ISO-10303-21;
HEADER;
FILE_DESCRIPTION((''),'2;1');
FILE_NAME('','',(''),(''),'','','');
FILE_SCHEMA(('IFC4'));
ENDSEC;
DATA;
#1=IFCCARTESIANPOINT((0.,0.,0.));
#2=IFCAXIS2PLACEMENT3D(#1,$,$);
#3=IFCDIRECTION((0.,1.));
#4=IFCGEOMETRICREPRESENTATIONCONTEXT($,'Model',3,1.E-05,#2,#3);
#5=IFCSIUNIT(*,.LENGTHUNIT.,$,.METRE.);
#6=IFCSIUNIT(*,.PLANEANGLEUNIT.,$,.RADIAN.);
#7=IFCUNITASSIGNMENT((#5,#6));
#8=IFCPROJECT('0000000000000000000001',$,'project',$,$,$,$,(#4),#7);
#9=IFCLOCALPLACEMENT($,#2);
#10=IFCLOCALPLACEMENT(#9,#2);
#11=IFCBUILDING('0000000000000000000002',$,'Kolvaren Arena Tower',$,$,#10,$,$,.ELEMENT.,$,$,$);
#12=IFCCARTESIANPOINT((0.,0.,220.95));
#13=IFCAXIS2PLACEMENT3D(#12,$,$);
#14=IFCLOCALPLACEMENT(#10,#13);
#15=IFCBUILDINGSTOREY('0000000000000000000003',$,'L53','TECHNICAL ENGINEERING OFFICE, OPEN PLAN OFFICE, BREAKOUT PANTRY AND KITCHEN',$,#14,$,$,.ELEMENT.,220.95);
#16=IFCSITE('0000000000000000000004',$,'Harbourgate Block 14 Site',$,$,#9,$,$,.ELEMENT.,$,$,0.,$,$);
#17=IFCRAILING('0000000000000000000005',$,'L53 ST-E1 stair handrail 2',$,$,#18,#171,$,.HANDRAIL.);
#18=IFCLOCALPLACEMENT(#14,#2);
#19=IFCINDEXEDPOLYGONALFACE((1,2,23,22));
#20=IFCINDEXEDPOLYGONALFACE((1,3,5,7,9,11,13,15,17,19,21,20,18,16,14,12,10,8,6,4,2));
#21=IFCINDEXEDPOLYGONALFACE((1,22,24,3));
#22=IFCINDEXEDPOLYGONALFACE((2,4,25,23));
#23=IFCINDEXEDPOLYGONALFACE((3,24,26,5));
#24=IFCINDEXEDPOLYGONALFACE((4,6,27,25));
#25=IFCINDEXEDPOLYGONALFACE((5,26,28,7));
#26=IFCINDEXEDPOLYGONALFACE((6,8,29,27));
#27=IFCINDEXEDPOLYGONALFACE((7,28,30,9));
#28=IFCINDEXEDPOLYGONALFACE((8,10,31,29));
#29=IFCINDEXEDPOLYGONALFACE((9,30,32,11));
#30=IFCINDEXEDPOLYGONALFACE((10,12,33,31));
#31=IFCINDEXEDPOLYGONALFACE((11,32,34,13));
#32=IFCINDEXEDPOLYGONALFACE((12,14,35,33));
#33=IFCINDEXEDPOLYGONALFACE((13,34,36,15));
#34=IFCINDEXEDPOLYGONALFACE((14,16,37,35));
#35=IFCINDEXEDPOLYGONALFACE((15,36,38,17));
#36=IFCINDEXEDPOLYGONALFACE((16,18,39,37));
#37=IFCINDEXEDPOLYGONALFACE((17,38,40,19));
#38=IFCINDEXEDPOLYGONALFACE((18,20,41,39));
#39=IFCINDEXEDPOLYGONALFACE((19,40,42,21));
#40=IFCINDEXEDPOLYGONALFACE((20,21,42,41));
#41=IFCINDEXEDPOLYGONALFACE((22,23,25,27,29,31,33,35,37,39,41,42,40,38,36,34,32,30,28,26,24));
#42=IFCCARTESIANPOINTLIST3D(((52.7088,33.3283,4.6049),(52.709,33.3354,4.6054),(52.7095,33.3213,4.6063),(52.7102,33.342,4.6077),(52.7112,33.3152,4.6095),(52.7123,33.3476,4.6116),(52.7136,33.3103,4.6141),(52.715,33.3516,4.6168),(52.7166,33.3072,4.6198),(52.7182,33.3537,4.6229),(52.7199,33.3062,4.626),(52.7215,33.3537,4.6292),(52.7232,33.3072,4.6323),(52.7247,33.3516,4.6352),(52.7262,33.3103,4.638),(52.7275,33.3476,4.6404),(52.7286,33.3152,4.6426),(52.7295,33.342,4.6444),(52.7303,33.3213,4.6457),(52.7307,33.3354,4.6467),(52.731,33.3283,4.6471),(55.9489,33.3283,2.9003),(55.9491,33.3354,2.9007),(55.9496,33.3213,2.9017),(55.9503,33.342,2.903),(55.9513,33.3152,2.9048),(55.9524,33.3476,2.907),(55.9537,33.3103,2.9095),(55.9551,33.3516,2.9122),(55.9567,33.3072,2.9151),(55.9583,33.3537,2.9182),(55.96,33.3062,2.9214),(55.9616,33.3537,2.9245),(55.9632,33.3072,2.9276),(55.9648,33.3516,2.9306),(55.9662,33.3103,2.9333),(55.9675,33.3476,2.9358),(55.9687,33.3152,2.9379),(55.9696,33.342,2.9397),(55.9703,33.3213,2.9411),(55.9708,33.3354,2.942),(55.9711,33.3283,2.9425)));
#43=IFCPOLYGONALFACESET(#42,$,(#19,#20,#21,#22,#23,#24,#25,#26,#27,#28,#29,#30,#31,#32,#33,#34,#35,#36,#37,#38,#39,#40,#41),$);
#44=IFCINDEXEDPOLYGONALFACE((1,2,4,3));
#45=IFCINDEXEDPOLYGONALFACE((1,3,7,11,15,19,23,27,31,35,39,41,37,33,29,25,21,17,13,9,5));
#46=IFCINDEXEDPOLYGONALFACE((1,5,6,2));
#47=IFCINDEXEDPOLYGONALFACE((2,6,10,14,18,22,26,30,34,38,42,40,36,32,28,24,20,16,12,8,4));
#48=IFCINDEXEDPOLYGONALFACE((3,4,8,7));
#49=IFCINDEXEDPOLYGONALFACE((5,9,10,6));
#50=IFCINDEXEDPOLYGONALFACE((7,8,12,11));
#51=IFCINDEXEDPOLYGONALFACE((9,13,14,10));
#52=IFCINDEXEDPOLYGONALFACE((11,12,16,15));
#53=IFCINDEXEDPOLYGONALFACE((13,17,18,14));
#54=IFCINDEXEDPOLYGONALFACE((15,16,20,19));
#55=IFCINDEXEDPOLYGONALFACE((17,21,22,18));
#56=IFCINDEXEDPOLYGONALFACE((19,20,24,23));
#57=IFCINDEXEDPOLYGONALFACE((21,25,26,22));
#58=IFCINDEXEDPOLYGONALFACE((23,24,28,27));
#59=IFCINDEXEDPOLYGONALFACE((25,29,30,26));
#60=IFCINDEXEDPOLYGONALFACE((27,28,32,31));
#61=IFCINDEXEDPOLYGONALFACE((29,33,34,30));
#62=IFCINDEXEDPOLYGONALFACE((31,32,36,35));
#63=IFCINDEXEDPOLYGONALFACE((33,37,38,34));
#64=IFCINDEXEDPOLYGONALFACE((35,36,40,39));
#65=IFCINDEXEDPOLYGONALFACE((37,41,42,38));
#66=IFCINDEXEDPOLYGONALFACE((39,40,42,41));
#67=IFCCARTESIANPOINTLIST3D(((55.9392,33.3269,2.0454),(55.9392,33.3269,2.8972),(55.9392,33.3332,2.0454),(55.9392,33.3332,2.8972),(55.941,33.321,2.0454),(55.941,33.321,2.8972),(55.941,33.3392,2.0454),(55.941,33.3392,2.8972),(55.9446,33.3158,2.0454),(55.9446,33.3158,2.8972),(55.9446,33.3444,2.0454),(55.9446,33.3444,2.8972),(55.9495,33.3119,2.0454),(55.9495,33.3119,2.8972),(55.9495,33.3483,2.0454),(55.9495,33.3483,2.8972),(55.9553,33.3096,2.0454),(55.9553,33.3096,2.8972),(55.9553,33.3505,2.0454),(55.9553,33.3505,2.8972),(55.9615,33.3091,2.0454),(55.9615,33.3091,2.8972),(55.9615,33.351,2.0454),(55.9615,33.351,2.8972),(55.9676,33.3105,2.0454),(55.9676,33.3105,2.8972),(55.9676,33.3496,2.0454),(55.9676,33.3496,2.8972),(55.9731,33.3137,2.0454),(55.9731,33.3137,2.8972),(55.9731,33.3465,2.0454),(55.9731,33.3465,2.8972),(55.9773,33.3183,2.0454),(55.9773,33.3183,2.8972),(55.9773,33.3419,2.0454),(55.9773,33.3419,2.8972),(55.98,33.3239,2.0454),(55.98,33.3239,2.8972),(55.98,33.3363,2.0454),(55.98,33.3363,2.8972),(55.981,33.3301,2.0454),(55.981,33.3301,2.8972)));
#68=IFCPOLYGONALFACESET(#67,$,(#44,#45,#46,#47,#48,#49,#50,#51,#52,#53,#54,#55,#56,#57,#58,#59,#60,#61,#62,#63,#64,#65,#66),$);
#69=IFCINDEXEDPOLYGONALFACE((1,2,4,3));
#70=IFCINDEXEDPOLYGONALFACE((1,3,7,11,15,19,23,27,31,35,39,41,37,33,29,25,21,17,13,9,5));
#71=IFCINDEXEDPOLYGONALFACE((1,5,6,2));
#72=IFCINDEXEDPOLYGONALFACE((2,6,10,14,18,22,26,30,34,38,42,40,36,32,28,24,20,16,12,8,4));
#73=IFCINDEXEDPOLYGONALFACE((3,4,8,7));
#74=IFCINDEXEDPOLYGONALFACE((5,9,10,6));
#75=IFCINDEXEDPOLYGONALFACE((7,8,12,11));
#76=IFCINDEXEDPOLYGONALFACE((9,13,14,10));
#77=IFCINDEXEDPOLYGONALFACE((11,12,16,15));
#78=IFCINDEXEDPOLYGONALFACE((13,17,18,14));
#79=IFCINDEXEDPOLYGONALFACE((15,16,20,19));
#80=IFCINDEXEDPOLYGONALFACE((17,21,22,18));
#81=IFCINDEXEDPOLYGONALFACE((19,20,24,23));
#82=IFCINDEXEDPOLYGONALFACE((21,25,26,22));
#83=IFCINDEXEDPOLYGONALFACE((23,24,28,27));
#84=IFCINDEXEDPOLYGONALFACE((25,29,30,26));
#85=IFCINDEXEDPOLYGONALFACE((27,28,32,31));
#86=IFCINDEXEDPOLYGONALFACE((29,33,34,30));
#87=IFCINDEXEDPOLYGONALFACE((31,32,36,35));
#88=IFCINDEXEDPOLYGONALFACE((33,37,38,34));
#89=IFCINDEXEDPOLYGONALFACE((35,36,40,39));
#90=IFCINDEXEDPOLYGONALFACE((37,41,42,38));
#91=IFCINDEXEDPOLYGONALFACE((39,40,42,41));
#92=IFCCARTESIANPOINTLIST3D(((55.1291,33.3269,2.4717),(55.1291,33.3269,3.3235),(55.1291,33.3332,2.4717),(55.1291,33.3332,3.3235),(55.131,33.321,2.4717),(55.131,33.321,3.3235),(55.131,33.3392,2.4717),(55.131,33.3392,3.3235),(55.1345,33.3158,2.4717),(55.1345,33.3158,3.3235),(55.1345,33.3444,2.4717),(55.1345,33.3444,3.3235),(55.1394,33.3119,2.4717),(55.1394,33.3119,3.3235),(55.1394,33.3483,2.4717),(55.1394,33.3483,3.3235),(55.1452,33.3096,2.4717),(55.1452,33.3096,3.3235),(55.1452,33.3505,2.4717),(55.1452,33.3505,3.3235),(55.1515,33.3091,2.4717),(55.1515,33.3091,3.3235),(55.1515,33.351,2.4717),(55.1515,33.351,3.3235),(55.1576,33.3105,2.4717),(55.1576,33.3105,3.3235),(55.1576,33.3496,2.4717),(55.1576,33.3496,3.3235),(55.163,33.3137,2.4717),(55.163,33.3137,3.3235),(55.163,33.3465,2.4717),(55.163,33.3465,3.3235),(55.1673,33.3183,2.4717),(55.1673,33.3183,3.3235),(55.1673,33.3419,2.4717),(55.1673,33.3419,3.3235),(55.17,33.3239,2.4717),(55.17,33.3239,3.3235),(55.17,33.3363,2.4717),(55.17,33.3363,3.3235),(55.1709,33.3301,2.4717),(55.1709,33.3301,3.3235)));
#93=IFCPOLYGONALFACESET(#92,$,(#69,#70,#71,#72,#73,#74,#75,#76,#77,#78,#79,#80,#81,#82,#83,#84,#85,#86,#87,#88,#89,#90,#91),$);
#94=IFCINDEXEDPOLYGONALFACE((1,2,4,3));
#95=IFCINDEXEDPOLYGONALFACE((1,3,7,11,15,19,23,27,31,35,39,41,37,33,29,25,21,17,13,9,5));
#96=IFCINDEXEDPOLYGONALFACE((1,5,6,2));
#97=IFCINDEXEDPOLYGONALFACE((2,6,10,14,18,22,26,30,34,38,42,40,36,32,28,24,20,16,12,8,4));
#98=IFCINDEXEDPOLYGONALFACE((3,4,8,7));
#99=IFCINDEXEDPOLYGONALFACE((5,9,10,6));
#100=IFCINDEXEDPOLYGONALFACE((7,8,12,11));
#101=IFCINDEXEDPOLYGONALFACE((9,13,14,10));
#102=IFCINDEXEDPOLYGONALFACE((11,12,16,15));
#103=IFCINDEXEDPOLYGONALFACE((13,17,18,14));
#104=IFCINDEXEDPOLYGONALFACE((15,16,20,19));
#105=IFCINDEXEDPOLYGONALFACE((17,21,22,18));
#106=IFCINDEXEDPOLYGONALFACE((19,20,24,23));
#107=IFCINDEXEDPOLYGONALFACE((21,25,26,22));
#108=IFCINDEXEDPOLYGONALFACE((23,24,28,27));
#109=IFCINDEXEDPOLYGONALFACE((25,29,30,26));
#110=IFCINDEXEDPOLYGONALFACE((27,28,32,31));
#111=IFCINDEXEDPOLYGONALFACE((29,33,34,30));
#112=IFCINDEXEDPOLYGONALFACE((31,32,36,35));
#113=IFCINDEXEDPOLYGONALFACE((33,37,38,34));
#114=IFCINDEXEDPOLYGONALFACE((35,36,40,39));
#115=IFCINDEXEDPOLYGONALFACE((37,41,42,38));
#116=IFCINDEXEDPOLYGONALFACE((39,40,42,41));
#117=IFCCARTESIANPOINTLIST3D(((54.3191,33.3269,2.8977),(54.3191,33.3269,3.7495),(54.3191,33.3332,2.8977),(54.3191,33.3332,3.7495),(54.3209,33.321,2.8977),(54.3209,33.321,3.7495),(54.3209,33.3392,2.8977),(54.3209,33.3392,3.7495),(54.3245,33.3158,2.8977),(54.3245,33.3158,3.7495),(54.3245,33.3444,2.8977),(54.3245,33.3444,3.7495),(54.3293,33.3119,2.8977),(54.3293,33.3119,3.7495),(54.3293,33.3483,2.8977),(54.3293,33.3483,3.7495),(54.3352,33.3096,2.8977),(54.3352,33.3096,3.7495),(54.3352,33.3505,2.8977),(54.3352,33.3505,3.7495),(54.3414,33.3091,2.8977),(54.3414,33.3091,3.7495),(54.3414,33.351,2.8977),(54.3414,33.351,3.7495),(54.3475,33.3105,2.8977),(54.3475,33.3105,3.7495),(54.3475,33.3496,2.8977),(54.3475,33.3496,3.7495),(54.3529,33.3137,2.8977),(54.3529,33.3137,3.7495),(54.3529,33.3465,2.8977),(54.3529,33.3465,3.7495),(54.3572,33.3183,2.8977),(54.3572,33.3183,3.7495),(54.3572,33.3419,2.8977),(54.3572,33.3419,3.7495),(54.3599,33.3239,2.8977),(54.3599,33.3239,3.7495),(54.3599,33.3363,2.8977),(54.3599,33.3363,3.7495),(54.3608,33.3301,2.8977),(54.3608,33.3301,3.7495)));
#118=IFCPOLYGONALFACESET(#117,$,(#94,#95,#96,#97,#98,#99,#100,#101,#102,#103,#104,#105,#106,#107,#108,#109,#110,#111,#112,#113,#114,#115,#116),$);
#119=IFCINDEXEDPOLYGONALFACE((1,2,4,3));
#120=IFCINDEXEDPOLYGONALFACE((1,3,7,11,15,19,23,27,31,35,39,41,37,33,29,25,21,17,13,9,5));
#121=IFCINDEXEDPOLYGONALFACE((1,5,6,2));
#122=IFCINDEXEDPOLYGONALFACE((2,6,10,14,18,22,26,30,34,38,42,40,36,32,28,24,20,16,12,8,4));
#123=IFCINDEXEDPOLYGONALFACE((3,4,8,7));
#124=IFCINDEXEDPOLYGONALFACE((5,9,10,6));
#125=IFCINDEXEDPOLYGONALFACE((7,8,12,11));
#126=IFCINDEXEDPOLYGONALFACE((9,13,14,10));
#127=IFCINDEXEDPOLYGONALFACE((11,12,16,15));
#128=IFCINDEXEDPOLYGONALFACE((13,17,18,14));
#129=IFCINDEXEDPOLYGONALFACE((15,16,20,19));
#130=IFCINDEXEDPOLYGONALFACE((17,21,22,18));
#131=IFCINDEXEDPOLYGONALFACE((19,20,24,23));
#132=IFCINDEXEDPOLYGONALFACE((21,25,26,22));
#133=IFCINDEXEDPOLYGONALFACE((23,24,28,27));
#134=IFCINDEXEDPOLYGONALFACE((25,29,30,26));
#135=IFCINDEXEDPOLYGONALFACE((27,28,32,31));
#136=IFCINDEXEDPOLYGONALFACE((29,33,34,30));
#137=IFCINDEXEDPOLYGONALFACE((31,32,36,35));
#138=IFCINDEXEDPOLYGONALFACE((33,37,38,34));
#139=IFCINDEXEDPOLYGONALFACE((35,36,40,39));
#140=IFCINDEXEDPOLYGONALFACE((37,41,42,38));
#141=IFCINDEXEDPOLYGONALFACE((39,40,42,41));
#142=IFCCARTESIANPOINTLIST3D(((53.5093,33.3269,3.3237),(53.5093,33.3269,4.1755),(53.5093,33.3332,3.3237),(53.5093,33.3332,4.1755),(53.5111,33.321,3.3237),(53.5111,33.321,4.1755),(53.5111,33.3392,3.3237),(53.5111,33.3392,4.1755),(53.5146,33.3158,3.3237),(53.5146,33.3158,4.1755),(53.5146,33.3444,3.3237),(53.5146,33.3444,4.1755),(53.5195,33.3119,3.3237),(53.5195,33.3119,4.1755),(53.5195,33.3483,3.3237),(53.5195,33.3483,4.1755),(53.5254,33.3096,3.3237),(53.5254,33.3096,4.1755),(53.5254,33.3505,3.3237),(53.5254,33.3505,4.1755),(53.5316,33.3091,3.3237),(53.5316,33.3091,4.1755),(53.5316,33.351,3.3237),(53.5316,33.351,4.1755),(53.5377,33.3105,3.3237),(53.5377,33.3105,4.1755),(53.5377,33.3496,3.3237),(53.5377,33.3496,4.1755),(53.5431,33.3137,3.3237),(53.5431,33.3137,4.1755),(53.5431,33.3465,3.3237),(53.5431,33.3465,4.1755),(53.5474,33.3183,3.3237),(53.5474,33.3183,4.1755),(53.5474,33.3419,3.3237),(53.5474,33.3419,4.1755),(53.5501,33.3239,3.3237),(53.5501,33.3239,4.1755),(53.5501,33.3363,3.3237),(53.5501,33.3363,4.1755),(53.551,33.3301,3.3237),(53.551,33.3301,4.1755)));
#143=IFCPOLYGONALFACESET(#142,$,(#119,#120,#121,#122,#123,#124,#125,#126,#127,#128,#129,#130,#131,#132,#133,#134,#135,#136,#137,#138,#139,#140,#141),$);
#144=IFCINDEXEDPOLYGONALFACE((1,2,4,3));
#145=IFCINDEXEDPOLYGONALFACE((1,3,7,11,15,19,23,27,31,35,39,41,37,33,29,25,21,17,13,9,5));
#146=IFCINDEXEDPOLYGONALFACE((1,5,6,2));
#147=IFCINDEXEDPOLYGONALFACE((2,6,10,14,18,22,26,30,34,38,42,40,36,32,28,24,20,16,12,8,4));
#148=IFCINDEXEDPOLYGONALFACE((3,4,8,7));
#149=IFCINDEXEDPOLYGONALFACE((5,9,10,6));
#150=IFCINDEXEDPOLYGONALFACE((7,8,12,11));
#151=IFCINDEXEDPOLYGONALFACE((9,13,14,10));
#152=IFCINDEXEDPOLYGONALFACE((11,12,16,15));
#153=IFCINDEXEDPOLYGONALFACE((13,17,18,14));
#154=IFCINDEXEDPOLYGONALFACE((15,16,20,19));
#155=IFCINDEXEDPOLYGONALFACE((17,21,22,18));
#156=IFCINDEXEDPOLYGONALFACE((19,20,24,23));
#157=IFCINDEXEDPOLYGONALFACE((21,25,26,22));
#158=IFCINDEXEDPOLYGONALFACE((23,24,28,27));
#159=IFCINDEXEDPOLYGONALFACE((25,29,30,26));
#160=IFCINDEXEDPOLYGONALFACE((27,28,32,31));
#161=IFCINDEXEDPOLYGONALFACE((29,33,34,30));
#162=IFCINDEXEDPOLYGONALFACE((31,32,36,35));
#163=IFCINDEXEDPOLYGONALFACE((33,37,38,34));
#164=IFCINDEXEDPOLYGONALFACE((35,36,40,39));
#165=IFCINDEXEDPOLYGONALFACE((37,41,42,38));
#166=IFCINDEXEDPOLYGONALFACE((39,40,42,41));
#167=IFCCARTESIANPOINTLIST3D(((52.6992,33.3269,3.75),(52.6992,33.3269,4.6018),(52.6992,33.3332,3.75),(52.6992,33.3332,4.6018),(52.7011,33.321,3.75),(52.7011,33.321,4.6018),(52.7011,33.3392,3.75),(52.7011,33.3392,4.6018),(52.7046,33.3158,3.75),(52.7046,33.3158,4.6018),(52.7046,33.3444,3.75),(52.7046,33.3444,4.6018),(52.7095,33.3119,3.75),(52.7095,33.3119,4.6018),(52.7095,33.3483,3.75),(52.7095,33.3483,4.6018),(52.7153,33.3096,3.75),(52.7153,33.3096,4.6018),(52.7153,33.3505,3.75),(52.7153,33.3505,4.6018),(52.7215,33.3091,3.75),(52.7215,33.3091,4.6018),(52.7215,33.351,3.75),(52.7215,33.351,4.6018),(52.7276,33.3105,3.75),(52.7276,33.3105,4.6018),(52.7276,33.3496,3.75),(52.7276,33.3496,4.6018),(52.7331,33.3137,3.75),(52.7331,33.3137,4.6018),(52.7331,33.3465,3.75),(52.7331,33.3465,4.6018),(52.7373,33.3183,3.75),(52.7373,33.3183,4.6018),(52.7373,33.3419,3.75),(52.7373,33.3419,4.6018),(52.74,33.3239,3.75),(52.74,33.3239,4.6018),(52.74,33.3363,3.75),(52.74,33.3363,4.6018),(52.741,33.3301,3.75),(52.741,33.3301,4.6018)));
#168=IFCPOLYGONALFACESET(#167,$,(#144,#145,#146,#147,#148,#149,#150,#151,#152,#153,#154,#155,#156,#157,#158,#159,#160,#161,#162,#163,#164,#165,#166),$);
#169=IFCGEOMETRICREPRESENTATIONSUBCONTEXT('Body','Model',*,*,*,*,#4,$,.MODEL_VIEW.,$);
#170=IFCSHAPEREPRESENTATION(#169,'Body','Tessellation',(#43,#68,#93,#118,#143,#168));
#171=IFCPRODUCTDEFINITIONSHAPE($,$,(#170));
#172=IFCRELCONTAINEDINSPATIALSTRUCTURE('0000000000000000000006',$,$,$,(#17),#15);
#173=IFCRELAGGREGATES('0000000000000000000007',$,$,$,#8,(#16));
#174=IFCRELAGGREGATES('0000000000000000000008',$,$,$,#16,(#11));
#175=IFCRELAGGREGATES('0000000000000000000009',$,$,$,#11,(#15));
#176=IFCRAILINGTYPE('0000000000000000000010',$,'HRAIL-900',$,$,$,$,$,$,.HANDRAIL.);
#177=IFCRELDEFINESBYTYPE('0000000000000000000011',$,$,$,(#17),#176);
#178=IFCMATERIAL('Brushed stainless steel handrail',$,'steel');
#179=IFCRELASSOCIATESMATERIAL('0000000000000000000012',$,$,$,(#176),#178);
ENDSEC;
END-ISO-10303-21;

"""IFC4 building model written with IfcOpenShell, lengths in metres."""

from ifc_helpers import new_model, si_unit, direction, frame, origin, origin_2d, place, context, subcontext, project, spatial, circle, extrude, material, type_object, element, save


model = new_model("IFC4")

# Units and contexts
model_context = context("Model", 3, precision=1e-05, world=origin(), true_north=direction((0.0, 1.0)))
body_context = subcontext(model_context, "Body", "Model", "MODEL_VIEW")
ifc_project = project(units=[si_unit("LENGTHUNIT", "METRE"), si_unit("PLANEANGLEUNIT", "RADIAN")], contexts=[model_context])

# Site, building, storey
site_placement = place(None, origin())
site = spatial("IfcSite", under=ifc_project, at=site_placement, Name="Harbourgate Block 14 Site", CompositionType="ELEMENT", RefElevation=0.0)
building_placement = place(site_placement, origin())
building = spatial("IfcBuilding", under=site, at=building_placement, Name="Kolvaren Arena Tower", CompositionType="ELEMENT")
storey_placement = place(building_placement, frame((0.0, 0.0, 220.95)))
storey = spatial("IfcBuildingStorey", under=building, at=storey_placement, Name="L53", Description="TECHNICAL ENGINEERING OFFICE, OPEN PLAN OFFICE, BREAKOUT PANTRY AND KITCHEN", CompositionType="ELEMENT", Elevation=220.95)

# Railing
ifc_material_1 = material(Name="Brushed stainless steel handrail", Category="steel")
railing_type_1 = type_object("IfcRailingType", Name="HRAIL-900", PredefinedType="HANDRAIL", material=ifc_material_1)
for number, where, name in (
    (1, (55.96, 33.3301, 2.0454), "L53 ST-E1 stair handrail 2"),
):
    element("IfcRailing", number, at=place(storey_placement, frame(where)), inside=storey, type_object=railing_type_1, Name=name, PredefinedType="HANDRAIL", context=body_context, shape_type="SweptSolid", body=[
        extrude(circle(Radius=0.0239, at=origin_2d()), frame((0.0, 0.0, 0.876), z_axis=(-0.884993, 0.0, 0.465604), x_axis=(0.0, -1.0, 0.0)), (0.0, 0.0, 1.0), 3.6611),
        extrude(circle(Radius=0.021, at=origin_2d()), origin(), (0.0, 0.0, 1.0), 0.8518),
        extrude(circle(Radius=0.021, at=origin_2d()), frame((-0.8101, 0.0, 0.4263)), (0.0, 0.0, 1.0), 0.8518),
        extrude(circle(Radius=0.021, at=origin_2d()), frame((-1.6201, 0.0, 0.8523)), (0.0, 0.0, 1.0), 0.8518),
        extrude(circle(Radius=0.021, at=origin_2d()), frame((-2.4299, 0.0, 1.2783)), (0.0, 0.0, 1.0), 0.8518),
        extrude(circle(Radius=0.021, at=origin_2d()), frame((-3.24, 0.0, 1.7046)), (0.0, 0.0, 1.0), 0.8518),
    ])

save(model, "model.ifc")
